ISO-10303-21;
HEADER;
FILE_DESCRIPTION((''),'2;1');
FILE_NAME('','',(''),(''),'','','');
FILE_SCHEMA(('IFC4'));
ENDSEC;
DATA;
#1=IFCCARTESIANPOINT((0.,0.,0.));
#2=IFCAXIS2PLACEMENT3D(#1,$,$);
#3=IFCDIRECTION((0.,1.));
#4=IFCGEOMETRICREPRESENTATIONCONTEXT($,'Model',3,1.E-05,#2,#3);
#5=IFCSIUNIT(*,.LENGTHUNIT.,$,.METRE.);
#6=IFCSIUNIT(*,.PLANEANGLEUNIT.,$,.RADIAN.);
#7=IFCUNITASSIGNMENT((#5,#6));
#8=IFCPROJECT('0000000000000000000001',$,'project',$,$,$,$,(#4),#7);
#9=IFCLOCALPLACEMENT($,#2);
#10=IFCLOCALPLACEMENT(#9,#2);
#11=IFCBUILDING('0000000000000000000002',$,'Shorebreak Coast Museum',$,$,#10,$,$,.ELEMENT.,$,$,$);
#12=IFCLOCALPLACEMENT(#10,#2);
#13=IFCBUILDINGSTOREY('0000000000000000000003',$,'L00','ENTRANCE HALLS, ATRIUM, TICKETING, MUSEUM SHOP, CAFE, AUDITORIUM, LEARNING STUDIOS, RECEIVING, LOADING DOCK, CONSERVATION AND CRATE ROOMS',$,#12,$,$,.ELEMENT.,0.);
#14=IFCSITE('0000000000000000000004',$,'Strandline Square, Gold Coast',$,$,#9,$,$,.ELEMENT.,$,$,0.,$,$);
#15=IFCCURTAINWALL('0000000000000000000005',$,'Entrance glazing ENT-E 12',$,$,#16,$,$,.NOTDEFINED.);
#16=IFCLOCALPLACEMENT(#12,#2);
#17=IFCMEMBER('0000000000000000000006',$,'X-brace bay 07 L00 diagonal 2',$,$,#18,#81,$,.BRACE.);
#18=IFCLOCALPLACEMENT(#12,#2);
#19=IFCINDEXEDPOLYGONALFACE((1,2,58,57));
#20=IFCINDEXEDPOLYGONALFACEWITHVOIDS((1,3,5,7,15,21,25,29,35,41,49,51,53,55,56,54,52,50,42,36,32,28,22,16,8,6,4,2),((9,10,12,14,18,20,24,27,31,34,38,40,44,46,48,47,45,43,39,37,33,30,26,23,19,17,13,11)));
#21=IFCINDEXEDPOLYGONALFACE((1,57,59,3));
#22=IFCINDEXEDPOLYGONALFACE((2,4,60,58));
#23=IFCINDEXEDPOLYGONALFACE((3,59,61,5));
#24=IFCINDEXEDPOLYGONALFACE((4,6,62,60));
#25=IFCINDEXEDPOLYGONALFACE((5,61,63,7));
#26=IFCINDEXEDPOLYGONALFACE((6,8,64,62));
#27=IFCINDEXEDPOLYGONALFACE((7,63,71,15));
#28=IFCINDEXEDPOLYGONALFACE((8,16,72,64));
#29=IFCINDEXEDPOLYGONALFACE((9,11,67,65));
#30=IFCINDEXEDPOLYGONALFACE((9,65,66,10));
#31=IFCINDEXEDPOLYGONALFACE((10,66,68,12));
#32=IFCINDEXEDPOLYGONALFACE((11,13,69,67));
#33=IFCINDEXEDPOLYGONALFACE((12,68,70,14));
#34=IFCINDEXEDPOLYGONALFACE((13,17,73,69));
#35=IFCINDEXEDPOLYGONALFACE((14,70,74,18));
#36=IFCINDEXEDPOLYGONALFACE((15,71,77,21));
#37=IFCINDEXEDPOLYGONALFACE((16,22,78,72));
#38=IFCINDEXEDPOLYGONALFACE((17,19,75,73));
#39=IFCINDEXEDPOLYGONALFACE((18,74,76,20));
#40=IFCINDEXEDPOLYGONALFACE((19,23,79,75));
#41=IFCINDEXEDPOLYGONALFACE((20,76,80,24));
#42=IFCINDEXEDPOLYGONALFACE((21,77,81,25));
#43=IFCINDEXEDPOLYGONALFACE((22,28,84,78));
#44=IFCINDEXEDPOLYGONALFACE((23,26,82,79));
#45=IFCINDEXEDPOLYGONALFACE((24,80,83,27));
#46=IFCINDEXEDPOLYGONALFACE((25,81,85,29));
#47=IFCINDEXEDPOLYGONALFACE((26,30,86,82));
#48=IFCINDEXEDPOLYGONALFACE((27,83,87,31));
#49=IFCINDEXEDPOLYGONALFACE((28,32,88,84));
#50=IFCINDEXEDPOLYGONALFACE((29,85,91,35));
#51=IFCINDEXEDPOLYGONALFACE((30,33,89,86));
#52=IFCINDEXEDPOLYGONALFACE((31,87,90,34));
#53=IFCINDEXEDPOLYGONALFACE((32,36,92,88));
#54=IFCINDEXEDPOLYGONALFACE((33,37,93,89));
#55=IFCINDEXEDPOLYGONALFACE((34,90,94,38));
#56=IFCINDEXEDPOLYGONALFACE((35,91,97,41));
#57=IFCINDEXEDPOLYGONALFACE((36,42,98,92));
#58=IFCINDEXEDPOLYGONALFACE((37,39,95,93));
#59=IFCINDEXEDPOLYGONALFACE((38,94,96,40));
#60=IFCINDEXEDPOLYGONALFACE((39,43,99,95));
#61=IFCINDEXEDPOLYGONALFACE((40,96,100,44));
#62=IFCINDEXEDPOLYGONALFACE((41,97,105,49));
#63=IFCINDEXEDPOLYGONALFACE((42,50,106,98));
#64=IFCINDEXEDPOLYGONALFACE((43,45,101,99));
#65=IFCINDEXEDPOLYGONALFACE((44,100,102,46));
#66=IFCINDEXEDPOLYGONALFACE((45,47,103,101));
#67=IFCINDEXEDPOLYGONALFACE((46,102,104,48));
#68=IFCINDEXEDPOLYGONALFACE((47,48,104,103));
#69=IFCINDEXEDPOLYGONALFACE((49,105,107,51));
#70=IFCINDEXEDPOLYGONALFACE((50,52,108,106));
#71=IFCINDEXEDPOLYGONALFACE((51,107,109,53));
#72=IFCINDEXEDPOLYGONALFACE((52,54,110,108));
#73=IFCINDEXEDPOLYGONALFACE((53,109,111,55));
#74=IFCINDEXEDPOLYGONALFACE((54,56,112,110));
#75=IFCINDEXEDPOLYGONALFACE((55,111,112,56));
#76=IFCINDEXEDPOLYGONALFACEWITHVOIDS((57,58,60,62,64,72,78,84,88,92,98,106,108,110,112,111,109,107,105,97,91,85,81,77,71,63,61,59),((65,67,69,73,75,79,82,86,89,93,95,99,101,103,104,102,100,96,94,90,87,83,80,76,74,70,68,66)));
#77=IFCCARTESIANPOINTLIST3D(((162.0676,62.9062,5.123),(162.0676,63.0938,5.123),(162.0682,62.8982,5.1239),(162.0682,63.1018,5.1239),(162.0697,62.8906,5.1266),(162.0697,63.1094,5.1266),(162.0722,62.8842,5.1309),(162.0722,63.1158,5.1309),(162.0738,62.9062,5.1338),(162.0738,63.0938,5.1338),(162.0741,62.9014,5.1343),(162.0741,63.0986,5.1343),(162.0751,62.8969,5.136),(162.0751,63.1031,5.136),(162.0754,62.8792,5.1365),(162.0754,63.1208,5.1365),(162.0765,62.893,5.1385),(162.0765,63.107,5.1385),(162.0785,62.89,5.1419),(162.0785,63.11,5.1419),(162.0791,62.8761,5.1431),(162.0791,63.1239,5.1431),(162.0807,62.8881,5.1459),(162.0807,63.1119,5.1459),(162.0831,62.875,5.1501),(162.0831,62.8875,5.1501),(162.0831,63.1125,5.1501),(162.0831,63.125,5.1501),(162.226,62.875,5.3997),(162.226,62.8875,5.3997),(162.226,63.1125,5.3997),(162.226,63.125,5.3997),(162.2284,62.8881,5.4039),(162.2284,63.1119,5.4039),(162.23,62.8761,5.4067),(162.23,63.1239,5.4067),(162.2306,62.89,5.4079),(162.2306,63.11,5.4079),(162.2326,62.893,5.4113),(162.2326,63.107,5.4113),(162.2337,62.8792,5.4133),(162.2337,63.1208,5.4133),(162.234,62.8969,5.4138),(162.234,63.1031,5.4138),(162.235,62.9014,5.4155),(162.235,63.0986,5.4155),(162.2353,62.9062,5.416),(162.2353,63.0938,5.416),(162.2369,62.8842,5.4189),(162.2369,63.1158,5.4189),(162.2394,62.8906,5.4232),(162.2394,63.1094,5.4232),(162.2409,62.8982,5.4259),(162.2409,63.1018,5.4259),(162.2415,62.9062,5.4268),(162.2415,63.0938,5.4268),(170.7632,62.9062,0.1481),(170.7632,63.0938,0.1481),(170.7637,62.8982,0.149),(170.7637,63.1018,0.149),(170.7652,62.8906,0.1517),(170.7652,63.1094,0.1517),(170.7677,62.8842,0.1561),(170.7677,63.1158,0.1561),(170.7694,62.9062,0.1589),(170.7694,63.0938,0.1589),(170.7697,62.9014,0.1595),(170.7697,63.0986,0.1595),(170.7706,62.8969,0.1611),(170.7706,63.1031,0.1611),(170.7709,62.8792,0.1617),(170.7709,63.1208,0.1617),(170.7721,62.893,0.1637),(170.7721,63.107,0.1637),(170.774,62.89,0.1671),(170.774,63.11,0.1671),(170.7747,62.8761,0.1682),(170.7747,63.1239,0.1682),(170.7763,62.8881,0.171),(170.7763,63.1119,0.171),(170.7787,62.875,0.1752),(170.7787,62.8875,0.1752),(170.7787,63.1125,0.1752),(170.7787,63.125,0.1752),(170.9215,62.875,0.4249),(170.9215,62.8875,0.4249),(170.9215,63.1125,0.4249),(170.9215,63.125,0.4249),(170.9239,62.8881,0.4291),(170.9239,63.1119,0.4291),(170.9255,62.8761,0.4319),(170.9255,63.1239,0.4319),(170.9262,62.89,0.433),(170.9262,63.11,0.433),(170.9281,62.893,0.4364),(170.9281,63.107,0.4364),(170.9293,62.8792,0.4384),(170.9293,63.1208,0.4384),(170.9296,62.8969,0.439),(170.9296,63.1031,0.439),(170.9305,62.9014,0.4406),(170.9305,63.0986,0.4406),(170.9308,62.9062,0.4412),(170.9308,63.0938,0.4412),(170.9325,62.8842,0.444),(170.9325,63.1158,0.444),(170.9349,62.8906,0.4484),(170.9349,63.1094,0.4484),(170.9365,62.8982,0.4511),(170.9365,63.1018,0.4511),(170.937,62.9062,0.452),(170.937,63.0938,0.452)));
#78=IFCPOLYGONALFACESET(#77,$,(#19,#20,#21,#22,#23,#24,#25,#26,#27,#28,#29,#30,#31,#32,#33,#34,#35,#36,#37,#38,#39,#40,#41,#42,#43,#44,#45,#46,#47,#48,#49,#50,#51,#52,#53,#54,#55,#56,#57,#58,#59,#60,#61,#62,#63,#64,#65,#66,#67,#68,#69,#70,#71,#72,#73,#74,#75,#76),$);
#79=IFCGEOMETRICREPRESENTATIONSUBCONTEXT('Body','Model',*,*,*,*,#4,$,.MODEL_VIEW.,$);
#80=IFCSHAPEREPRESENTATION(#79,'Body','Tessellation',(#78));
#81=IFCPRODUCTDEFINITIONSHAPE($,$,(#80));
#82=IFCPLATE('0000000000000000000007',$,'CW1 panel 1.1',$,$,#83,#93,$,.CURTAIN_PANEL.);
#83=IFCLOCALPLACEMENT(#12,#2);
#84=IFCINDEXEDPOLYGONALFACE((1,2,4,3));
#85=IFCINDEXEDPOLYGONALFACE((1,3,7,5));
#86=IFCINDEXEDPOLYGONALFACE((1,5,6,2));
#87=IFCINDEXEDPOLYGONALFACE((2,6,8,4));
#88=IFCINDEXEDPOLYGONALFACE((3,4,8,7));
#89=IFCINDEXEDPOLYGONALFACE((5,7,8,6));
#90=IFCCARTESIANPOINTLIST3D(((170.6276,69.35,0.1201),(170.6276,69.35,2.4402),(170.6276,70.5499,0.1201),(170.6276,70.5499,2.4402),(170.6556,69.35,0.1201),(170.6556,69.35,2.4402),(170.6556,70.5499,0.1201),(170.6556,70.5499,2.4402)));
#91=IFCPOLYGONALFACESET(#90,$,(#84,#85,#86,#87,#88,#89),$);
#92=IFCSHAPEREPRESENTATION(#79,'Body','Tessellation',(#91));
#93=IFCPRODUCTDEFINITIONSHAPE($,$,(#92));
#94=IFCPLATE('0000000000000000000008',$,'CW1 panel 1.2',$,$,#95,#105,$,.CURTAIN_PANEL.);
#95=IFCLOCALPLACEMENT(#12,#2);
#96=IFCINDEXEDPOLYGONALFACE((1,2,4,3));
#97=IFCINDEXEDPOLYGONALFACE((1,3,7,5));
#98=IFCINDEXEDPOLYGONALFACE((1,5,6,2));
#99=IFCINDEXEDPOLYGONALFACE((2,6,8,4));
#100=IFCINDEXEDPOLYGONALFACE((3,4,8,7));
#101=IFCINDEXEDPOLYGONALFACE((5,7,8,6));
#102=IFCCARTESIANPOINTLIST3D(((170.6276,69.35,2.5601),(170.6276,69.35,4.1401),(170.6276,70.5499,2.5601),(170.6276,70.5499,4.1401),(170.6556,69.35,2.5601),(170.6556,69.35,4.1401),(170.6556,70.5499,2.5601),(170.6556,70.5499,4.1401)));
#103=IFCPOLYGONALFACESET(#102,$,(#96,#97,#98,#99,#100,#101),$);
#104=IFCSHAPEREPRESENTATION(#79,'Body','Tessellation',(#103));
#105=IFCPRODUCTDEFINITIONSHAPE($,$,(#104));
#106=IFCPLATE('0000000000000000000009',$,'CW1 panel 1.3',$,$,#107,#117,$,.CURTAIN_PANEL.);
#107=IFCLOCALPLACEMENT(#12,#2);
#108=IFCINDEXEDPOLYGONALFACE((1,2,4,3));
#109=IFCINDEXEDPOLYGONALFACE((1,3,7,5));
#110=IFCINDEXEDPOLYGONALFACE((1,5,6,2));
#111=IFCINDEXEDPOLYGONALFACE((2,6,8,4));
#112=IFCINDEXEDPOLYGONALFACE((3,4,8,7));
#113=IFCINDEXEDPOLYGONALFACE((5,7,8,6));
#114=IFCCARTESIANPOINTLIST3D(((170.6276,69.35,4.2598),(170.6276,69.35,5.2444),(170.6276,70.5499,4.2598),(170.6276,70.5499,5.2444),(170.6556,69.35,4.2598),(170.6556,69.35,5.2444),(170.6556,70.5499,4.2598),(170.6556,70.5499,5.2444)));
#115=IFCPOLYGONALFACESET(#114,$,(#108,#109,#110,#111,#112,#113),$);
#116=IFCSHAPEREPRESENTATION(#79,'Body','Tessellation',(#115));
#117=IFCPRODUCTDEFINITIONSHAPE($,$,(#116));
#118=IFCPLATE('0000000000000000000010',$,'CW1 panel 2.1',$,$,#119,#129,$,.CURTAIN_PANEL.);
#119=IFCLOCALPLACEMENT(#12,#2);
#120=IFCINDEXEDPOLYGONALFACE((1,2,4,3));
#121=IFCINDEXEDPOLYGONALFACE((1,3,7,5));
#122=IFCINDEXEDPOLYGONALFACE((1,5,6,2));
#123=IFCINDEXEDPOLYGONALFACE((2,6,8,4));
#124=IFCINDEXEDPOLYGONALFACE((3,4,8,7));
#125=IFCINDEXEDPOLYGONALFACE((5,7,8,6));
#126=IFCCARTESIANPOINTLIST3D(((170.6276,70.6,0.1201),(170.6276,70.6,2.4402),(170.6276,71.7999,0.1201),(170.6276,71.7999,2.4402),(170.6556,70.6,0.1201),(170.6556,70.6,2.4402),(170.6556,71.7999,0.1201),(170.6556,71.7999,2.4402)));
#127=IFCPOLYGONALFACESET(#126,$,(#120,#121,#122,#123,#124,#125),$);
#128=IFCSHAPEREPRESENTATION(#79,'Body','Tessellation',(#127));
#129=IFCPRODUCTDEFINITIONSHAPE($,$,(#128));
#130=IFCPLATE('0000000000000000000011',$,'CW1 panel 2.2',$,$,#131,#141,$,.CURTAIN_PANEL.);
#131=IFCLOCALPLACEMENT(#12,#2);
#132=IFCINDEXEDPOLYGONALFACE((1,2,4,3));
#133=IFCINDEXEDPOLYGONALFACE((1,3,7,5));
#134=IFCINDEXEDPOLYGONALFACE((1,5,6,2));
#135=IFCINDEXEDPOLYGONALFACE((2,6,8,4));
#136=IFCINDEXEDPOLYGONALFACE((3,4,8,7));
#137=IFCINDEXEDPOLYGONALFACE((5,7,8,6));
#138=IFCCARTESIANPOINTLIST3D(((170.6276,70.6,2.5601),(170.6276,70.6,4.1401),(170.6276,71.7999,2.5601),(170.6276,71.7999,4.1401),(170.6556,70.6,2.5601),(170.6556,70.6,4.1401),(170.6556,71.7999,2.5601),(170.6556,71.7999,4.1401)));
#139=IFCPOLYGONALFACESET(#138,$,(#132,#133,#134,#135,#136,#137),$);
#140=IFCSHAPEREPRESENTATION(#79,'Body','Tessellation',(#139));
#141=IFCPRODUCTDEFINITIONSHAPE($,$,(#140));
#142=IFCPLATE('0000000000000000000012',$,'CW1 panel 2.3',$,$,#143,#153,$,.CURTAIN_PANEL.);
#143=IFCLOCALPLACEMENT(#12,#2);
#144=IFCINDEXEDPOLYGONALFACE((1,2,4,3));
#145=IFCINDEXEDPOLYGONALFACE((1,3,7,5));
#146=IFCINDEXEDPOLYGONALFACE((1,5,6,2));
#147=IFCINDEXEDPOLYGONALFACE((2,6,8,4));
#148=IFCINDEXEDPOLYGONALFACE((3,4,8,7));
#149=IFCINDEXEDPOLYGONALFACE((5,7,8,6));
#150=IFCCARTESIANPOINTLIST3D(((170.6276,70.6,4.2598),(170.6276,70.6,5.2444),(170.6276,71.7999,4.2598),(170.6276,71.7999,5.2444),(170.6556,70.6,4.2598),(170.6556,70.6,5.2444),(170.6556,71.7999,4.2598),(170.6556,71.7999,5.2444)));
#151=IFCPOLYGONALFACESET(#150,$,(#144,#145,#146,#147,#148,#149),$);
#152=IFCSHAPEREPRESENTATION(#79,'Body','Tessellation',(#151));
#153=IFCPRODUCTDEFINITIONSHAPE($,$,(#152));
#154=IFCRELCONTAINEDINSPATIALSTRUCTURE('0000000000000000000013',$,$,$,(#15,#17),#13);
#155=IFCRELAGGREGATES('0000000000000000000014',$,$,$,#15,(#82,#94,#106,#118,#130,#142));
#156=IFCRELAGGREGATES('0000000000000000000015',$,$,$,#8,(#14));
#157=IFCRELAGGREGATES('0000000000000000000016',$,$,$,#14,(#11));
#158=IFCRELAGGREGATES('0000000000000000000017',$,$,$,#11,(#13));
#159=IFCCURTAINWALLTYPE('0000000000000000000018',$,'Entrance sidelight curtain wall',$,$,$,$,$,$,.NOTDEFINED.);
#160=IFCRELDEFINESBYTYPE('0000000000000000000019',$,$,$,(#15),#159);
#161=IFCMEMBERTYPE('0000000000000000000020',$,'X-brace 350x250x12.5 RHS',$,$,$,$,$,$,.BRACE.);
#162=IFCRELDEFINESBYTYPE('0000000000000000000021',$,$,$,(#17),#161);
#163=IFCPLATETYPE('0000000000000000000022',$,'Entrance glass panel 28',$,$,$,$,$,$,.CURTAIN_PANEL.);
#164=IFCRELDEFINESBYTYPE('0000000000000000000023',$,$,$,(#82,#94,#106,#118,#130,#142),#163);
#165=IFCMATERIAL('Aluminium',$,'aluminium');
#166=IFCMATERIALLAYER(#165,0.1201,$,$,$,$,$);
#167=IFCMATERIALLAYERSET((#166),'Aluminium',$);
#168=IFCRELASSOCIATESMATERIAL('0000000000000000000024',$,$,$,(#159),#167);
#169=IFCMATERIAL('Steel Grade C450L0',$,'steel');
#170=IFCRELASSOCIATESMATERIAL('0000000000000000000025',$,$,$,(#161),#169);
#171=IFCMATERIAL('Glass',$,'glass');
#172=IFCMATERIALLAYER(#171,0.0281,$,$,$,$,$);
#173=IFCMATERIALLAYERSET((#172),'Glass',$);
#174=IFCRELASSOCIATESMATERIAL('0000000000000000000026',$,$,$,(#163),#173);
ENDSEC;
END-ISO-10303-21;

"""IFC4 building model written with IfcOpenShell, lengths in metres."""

from ifc_helpers import new_model, si_unit, direction, frame, origin, origin_2d, place, context, subcontext, project, spatial, rectangle, hollow_rectangle, extrude, material, layer, layer_set, material_profile, profile_set, type_object, element, aggregate, save


model = new_model("IFC4")

# Units and contexts
model_context = context("Model", 3, precision=1e-05, world=origin(), true_north=direction((0.0, 1.0)))
body_context = subcontext(model_context, "Body", "Model", "MODEL_VIEW")
ifc_project = project(units=[si_unit("LENGTHUNIT", "METRE"), si_unit("PLANEANGLEUNIT", "RADIAN")], contexts=[model_context])

# Site, building, storey
site_placement = place(None, origin())
site = spatial("IfcSite", under=ifc_project, at=site_placement, Name="Strandline Square, Gold Coast", CompositionType="ELEMENT", RefElevation=0.0)
building_placement = place(site_placement, origin())
building = spatial("IfcBuilding", under=site, at=building_placement, Name="Shorebreak Coast Museum", CompositionType="ELEMENT")
storey_placement = place(building_placement, origin())
storey = spatial("IfcBuildingStorey", under=building, at=storey_placement, Name="L00", Description="ENTRANCE HALLS, ATRIUM, TICKETING, MUSEUM SHOP, CAFE, AUDITORIUM, LEARNING STUDIOS, RECEIVING, LOADING DOCK, CONSERVATION AND CRATE ROOMS", CompositionType="ELEMENT", Elevation=0.0)

# Curtain wall
ifc_material_1 = material(Name="Aluminium", Category="aluminium")
ifc_layer_1 = layer(ifc_material_1, 0.1201)
ifc_layer_set_1 = layer_set([ifc_layer_1], Name="Aluminium")
curtain_wall_type = type_object("IfcCurtainWallType", Name="Entrance sidelight curtain wall", PredefinedType="NOTDEFINED", material=ifc_layer_set_1)
curtain_wall_placement = place(storey_placement, origin())
curtain_wall = element("IfcCurtainWall", 1, at=curtain_wall_placement, inside=storey, type_object=curtain_wall_type, Name="Entrance glazing ENT-E 12", PredefinedType="NOTDEFINED")

# Member
ifc_material_2 = material(Name="Steel Grade C450L0", Category="steel")
ifc_material_profile_1 = material_profile(ifc_material_2, hollow_rectangle(XDim=0.25, YDim=0.3501, WallThickness=0.0125, InnerFilletRadius=0.0188, OuterFilletRadius=0.0312, at=origin_2d()), Name="350x250x12.5 RHS")
ifc_profile_set_1 = profile_set([ifc_material_profile_1], Name="Steel Grade C450L0")
member_type_1 = type_object("IfcMemberType", Name="X-brace 350x250x12.5 RHS", PredefinedType="BRACE", material=ifc_profile_set_1)
member_1_placement = place(storey_placement, frame((170.8501, 63.0, 0.3), z_axis=(-0.867987, 0.0, 0.496588), x_axis=(0.0, -1.0, 0.0)))
element("IfcMember", 2, at=member_1_placement, inside=storey, type_object=member_type_1, Name="X-brace bay 07 L00 diagonal 2", PredefinedType="BRACE", context=body_context, shape_type="SweptSolid", body=[
    extrude(hollow_rectangle(XDim=0.25, YDim=0.3501, WallThickness=0.0125, InnerFilletRadius=0.0188, OuterFilletRadius=0.0312, at=origin_2d()), origin(), (0.0, 0.0, 1.0), 10.0181),
])

# Plates
ifc_material_3 = material(Name="Glass", Category="glass")
ifc_layer_2 = layer(ifc_material_3, 0.0281)
ifc_layer_set_2 = layer_set([ifc_layer_2], Name="Glass")
plate_type = type_object("IfcPlateType", Name="Entrance glass panel 28", PredefinedType="CURTAIN_PANEL", material=ifc_layer_set_2)
plate_1_placement = place(storey_placement, frame((170.6416, 69.95, 0.1201), z_axis=(0.0, 0.0, 1.0), x_axis=(0.0, 1.0, 0.0)))
plate_1 = element("IfcPlate", 3, at=plate_1_placement, type_object=plate_type, Name="CW1 panel 1.1", PredefinedType="CURTAIN_PANEL", context=body_context, shape_type="SweptSolid", body=[
    extrude(rectangle(XDim=1.2, YDim=0.0281, at=origin_2d()), origin(), (0.0, 0.0, 1.0), 2.3201),
])
plate_2_placement = place(storey_placement, frame((170.6416, 69.95, 2.5601), z_axis=(0.0, 0.0, 1.0), x_axis=(0.0, 1.0, 0.0)))
plate_2 = element("IfcPlate", 4, at=plate_2_placement, type_object=plate_type, Name="CW1 panel 1.2", PredefinedType="CURTAIN_PANEL", context=body_context, shape_type="SweptSolid", body=[
    extrude(rectangle(XDim=1.2, YDim=0.0281, at=origin_2d()), origin(), (0.0, 0.0, 1.0), 1.5801),
])
plate_3_placement = place(storey_placement, frame((170.6416, 69.95, 4.2598), z_axis=(0.0, 0.0, 1.0), x_axis=(0.0, 1.0, 0.0)))
plate_3 = element("IfcPlate", 5, at=plate_3_placement, type_object=plate_type, Name="CW1 panel 1.3", PredefinedType="CURTAIN_PANEL", context=body_context, shape_type="SweptSolid", body=[
    extrude(rectangle(XDim=1.2, YDim=0.0281, at=origin_2d()), origin(), (0.0, 0.0, 1.0), 0.9846),
])
plate_4_placement = place(storey_placement, frame((170.6416, 71.2, 0.1201), z_axis=(0.0, 0.0, 1.0), x_axis=(0.0, 1.0, 0.0)))
plate_4 = element("IfcPlate", 6, at=plate_4_placement, type_object=plate_type, Name="CW1 panel 2.1", PredefinedType="CURTAIN_PANEL", context=body_context, shape_type="SweptSolid", body=[
    extrude(rectangle(XDim=1.2, YDim=0.0281, at=origin_2d()), origin(), (0.0, 0.0, 1.0), 2.3201),
])
plate_5_placement = place(storey_placement, frame((170.6416, 71.2, 2.5601), z_axis=(0.0, 0.0, 1.0), x_axis=(0.0, 1.0, 0.0)))
plate_5 = element("IfcPlate", 7, at=plate_5_placement, type_object=plate_type, Name="CW1 panel 2.2", PredefinedType="CURTAIN_PANEL", context=body_context, shape_type="SweptSolid", body=[
    extrude(rectangle(XDim=1.2, YDim=0.0281, at=origin_2d()), origin(), (0.0, 0.0, 1.0), 1.5801),
])
plate_6_placement = place(storey_placement, frame((170.6416, 71.2, 4.2598), z_axis=(0.0, 0.0, 1.0), x_axis=(0.0, 1.0, 0.0)))
plate_6 = element("IfcPlate", 8, at=plate_6_placement, type_object=plate_type, Name="CW1 panel 2.3", PredefinedType="CURTAIN_PANEL", context=body_context, shape_type="SweptSolid", body=[
    extrude(rectangle(XDim=1.2, YDim=0.0281, at=origin_2d()), origin(), (0.0, 0.0, 1.0), 0.9846),
])
aggregate(curtain_wall, [plate_1, plate_2, plate_3, plate_4, plate_5, plate_6])

save(model, "model.ifc")
